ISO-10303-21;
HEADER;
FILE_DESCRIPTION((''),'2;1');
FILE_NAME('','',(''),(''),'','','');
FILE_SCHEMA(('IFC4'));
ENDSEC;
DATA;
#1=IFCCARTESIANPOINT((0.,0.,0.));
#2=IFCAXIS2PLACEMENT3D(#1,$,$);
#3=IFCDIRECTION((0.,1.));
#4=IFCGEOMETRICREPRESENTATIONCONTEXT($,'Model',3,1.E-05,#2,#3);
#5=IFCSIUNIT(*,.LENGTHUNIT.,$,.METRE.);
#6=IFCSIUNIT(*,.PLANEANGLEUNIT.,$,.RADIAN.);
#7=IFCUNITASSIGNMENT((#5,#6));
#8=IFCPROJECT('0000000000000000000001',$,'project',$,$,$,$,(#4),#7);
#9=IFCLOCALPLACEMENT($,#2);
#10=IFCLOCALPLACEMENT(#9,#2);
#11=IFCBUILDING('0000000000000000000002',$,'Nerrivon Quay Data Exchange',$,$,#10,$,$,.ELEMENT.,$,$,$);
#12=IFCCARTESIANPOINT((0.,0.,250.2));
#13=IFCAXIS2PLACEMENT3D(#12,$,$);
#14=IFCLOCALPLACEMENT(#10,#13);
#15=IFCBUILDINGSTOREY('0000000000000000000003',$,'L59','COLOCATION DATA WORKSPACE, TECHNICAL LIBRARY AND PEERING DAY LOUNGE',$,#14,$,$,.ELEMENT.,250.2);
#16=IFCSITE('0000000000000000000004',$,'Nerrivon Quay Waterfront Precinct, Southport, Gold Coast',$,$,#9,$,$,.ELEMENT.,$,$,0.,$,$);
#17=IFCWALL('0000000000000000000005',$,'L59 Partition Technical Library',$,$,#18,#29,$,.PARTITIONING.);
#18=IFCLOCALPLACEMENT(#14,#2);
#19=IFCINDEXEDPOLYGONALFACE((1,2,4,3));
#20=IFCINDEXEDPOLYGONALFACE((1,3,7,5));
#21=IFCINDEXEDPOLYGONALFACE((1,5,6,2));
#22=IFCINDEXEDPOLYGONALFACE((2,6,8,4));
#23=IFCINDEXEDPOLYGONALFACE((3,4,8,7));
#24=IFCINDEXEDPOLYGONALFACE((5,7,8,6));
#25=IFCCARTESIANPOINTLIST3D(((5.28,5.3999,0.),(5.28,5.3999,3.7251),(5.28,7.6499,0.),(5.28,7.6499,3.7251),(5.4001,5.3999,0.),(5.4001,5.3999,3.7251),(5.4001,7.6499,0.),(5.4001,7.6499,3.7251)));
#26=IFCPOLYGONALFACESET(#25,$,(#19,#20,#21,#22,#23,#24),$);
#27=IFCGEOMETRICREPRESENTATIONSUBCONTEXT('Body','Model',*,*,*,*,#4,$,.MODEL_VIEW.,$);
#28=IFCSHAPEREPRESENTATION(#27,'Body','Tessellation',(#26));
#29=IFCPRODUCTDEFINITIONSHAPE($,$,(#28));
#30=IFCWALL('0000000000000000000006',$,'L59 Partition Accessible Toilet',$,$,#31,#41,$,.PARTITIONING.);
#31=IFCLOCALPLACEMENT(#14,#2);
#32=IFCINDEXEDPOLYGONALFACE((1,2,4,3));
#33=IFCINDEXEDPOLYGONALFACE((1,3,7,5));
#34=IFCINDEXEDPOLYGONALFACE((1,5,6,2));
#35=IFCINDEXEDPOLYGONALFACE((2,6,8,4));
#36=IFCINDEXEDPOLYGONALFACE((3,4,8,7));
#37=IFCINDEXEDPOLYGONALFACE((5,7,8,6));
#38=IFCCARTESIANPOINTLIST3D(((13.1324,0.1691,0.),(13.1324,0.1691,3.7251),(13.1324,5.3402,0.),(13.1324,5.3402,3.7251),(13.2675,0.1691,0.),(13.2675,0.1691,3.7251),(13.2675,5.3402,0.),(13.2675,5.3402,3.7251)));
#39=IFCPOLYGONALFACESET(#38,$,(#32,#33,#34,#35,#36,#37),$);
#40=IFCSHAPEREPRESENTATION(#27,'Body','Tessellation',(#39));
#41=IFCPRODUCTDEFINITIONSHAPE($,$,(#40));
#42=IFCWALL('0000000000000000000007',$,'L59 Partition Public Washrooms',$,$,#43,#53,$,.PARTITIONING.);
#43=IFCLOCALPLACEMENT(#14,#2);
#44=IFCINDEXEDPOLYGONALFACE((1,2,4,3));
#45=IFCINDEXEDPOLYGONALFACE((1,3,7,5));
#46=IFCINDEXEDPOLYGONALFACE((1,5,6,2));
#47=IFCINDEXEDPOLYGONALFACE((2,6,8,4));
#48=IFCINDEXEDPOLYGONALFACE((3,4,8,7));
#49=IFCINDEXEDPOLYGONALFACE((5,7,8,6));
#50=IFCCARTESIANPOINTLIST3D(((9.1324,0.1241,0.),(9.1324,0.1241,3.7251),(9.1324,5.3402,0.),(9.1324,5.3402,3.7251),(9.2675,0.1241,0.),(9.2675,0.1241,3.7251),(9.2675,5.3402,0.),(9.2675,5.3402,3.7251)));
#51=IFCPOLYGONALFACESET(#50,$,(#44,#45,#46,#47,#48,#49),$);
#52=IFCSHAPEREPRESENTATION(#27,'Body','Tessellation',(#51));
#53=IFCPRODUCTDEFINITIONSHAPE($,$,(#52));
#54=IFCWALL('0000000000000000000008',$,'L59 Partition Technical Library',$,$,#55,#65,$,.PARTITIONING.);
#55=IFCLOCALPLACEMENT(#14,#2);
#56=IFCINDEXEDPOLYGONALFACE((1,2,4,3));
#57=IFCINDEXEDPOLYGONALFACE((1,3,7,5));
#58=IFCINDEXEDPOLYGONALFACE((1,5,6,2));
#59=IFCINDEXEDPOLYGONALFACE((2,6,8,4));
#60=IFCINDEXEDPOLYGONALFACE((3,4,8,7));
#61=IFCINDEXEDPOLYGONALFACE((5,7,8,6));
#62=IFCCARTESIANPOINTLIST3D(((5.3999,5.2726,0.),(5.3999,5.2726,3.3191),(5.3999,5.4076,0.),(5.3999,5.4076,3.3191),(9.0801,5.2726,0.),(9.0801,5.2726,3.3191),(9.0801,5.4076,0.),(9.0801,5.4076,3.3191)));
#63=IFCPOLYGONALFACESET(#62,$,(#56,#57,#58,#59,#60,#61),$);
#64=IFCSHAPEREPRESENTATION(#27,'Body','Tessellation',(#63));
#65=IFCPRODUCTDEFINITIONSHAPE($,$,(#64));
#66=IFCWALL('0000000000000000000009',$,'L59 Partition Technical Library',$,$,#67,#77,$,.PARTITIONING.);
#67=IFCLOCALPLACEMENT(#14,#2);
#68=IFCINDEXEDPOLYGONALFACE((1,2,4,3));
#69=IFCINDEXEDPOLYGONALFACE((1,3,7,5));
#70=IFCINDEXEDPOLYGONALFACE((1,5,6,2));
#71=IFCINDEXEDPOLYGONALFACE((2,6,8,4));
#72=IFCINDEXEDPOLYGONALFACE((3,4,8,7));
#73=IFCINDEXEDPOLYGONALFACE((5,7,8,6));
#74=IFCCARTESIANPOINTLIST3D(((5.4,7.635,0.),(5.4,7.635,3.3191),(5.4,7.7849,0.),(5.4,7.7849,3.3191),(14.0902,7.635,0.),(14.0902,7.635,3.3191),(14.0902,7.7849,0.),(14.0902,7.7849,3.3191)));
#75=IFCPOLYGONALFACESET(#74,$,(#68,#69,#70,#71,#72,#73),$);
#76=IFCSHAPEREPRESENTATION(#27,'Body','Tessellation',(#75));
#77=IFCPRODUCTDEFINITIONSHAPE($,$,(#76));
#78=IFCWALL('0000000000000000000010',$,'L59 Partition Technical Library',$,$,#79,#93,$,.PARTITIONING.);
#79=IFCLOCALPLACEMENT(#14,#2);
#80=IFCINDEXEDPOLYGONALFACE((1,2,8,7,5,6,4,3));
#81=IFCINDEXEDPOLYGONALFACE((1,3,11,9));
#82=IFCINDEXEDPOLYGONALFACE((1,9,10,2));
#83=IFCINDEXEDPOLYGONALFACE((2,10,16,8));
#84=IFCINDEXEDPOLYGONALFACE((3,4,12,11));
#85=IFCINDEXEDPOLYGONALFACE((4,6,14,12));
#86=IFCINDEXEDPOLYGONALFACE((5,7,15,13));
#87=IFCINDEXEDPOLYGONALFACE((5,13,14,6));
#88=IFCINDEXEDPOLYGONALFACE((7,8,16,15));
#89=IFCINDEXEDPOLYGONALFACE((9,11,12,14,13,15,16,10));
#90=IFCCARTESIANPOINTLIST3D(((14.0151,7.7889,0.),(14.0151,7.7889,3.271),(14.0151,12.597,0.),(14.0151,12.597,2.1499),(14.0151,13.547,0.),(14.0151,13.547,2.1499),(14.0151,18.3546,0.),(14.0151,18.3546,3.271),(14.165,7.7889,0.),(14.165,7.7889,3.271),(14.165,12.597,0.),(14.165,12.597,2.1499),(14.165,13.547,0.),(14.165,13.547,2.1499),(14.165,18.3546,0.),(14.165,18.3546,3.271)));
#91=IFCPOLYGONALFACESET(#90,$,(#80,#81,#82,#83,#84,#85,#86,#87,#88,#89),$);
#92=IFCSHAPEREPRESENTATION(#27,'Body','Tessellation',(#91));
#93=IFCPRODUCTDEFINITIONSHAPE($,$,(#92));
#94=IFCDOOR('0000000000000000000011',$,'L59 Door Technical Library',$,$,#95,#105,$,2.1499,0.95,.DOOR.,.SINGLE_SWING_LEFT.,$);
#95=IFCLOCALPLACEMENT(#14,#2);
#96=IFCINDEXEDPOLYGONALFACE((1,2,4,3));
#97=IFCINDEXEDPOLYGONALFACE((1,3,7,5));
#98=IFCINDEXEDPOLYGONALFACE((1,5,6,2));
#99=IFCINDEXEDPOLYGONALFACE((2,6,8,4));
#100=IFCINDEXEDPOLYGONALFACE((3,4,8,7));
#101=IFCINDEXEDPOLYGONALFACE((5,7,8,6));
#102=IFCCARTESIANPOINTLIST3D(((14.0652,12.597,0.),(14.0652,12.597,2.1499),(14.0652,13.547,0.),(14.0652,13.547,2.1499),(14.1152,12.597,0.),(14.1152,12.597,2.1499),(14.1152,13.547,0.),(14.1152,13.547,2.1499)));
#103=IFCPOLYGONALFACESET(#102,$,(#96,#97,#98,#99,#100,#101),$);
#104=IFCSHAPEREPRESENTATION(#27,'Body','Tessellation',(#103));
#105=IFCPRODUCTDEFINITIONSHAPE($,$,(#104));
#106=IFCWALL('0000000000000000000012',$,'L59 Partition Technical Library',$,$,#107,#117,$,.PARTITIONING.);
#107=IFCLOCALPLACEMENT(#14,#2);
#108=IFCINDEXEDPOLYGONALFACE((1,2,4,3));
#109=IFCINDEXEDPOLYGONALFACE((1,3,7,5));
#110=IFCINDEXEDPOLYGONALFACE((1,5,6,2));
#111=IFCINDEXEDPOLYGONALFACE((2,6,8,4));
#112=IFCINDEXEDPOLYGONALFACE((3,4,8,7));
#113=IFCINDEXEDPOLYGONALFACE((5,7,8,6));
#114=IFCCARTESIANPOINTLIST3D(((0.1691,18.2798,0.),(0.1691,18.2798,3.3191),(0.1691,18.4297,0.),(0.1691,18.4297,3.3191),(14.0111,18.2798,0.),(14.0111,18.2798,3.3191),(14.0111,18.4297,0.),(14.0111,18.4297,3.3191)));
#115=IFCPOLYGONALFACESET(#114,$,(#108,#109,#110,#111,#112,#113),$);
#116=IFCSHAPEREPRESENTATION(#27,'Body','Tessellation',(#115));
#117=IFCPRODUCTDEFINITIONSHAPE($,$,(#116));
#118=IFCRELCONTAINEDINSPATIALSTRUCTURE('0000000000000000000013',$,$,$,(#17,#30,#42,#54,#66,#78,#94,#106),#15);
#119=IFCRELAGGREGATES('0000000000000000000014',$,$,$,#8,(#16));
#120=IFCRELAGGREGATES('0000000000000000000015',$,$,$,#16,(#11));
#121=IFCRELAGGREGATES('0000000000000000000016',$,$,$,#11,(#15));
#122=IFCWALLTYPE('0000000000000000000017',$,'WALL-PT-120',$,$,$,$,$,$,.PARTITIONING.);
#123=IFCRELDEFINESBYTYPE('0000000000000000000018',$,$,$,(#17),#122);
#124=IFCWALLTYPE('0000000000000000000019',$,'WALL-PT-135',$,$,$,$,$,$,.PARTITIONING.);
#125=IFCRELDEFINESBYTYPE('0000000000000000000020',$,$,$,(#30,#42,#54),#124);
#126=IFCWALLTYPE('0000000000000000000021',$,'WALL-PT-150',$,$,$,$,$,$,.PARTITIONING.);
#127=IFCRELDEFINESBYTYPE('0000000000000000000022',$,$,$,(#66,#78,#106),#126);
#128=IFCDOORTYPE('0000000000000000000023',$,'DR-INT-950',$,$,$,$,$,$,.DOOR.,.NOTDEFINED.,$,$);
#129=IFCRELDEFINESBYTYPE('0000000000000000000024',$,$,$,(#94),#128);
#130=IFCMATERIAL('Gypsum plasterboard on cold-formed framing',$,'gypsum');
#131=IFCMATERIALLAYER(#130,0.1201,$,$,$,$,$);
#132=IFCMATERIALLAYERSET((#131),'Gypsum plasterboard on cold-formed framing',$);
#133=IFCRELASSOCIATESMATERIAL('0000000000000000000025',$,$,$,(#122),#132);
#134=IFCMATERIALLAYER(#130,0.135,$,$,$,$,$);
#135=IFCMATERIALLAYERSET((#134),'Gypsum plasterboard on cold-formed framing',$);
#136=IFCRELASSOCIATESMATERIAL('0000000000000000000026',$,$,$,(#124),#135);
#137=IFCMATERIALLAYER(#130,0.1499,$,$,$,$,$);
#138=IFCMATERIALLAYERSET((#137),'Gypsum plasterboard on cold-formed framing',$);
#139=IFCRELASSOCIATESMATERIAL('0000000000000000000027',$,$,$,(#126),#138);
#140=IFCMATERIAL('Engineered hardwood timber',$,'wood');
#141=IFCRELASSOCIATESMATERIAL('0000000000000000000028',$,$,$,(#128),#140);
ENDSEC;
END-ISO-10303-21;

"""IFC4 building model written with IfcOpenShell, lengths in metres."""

from ifc_helpers import new_model, si_unit, direction, frame, frame_2d, origin, place, context, subcontext, project, spatial, rectangle, extrude, material, layer, layer_set, type_object, element, fill, save


model = new_model("IFC4")

# Units and contexts
model_context = context("Model", 3, precision=1e-05, world=origin(), true_north=direction((0.0, 1.0)))
body_context = subcontext(model_context, "Body", "Model", "MODEL_VIEW")
ifc_project = project(units=[si_unit("LENGTHUNIT", "METRE"), si_unit("PLANEANGLEUNIT", "RADIAN")], contexts=[model_context])

# Site, building, storey
site_placement = place(None, origin())
site = spatial("IfcSite", under=ifc_project, at=site_placement, Name="Nerrivon Quay Waterfront Precinct, Southport, Gold Coast", CompositionType="ELEMENT", RefElevation=0.0)
building_placement = place(site_placement, origin())
building = spatial("IfcBuilding", under=site, at=building_placement, Name="Nerrivon Quay Data Exchange", CompositionType="ELEMENT")
storey_placement = place(building_placement, frame((0.0, 0.0, 250.2)))
storey = spatial("IfcBuildingStorey", under=building, at=storey_placement, Name="L59", Description="COLOCATION DATA WORKSPACE, TECHNICAL LIBRARY AND PEERING DAY LOUNGE", CompositionType="ELEMENT", Elevation=250.2)

# Shared definitions
ifc_material_1 = material(Name="Gypsum plasterboard on cold-formed framing", Category="gypsum")

# Shared definitions
ifc_layer_1 = layer(ifc_material_1, 0.1201)
ifc_layer_set_1 = layer_set([ifc_layer_1], Name="Gypsum plasterboard on cold-formed framing")
wall_type_1 = type_object("IfcWallType", Name="WALL-PT-120", PredefinedType="PARTITIONING", material=ifc_layer_set_1)
ifc_material_2 = material(Name="Engineered hardwood timber", Category="wood")

# Walls
wall_1_placement = place(storey_placement, frame((5.3401, 5.3999, 0.0), z_axis=(0.0, 0.0, 1.0), x_axis=(0.0, 1.0, 0.0)))
element("IfcWall", 1, at=wall_1_placement, inside=storey, type_object=wall_type_1, Name="L59 Partition Technical Library", PredefinedType="PARTITIONING", context=body_context, shape_type="SweptSolid", body=[
    extrude(rectangle(XDim=2.25, YDim=0.1201, at=frame_2d((1.125, 0.0))), origin(), (0.0, 0.0, 1.0), 3.7251),
])
ifc_layer_2 = layer(ifc_material_1, 0.135)
ifc_layer_set_2 = layer_set([ifc_layer_2], Name="Gypsum plasterboard on cold-formed framing")
wall_type_2 = type_object("IfcWallType", Name="WALL-PT-135", PredefinedType="PARTITIONING", material=ifc_layer_set_2)
wall_2_placement = place(storey_placement, frame((13.2, 5.3401, 0.0), z_axis=(0.0, 0.0, 1.0), x_axis=(0.0, -1.0, 0.0)))
element("IfcWall", 2, at=wall_2_placement, inside=storey, type_object=wall_type_2, Name="L59 Partition Accessible Toilet", PredefinedType="PARTITIONING", context=body_context, shape_type="SweptSolid", body=[
    extrude(rectangle(XDim=5.1711, YDim=0.135, at=frame_2d((2.5854, 0.0))), origin(), (0.0, 0.0, 1.0), 3.7251),
])
wall_3_placement = place(storey_placement, frame((9.2, 5.3401, 0.0), z_axis=(0.0, 0.0, 1.0), x_axis=(0.0, -1.0, 0.0)))
element("IfcWall", 3, at=wall_3_placement, inside=storey, type_object=wall_type_2, Name="L59 Partition Public Washrooms", PredefinedType="PARTITIONING", context=body_context, shape_type="SweptSolid", body=[
    extrude(rectangle(XDim=5.2161, YDim=0.135, at=frame_2d((2.6079, 0.0))), origin(), (0.0, 0.0, 1.0), 3.7251),
])
wall_4_placement = place(storey_placement, frame((9.0801, 5.3401, 0.0), z_axis=(0.0, 0.0, 1.0), x_axis=(-1.0, 0.0, 0.0)))
element("IfcWall", 4, at=wall_4_placement, inside=storey, type_object=wall_type_2, Name="L59 Partition Technical Library", PredefinedType="PARTITIONING", context=body_context, shape_type="SweptSolid", body=[
    extrude(rectangle(XDim=3.6802, YDim=0.135, at=frame_2d((1.8401, 0.0))), origin(), (0.0, 0.0, 1.0), 3.3191),
])
ifc_layer_3 = layer(ifc_material_1, 0.1499)
ifc_layer_set_3 = layer_set([ifc_layer_3], Name="Gypsum plasterboard on cold-formed framing")
wall_type_3 = type_object("IfcWallType", Name="WALL-PT-150", PredefinedType="PARTITIONING", material=ifc_layer_set_3)
wall_5_placement = place(storey_placement, frame((5.3999, 7.71, 0.0), z_axis=(0.0, 0.0, 1.0), x_axis=(1.0, 0.0, 0.0)))
element("IfcWall", 5, at=wall_5_placement, inside=storey, type_object=wall_type_3, Name="L59 Partition Technical Library", PredefinedType="PARTITIONING", context=body_context, shape_type="SweptSolid", body=[
    extrude(rectangle(XDim=8.6902, YDim=0.1499, at=frame_2d((4.3452, 0.0))), origin(), (0.0, 0.0, 1.0), 3.3191),
])

# Wall, opening, door
wall_6_placement = place(storey_placement, frame((14.0901, 7.7891, 0.0), z_axis=(0.0, 0.0, 1.0), x_axis=(0.0, 1.0, 0.0)))
wall_6 = element("IfcWall", 6, at=wall_6_placement, inside=storey, type_object=wall_type_3, Name="L59 Partition Technical Library", PredefinedType="PARTITIONING", context=body_context, shape_type="SweptSolid", body=[
    extrude(rectangle(XDim=10.5657, YDim=0.1499, at=frame_2d((5.2827, 0.0))), origin(), (0.0, 0.0, 1.0), 3.271),
])
opening_1_placement = place(wall_6_placement, frame((4.8079, 0.0, 0.0)))
opening_1 = element("IfcOpeningElement", 7, at=opening_1_placement, cuts=wall_6, PredefinedType="OPENING", context=body_context, shape_type="SweptSolid", body=[
    extrude(rectangle(XDim=0.95, YDim=2.1499, at=frame_2d((0.4751, 1.075))), frame((0.0, 0.085, 0.0), z_axis=(0.0, -1.0, 0.0), x_axis=(1.0, 0.0, 0.0)), (0.0, 0.0, 1.0), 0.1699),
])
door_type_1 = type_object("IfcDoorType", Name="DR-INT-950", OperationType="NOTDEFINED", PredefinedType="DOOR", material=ifc_material_2)
door_1_placement = place(opening_1_placement, origin())
door_1 = element("IfcDoor", 8, at=door_1_placement, inside=storey, type_object=door_type_1, Name="L59 Door Technical Library", OperationType="SINGLE_SWING_LEFT", OverallHeight=2.1499, OverallWidth=0.95, PredefinedType="DOOR", context=body_context, shape_type="SweptSolid", body=[
    extrude(rectangle(XDim=0.95, YDim=2.1499, at=frame_2d((0.4751, 1.075))), frame((0.0, 0.0249, 0.0), z_axis=(0.0, -1.0, 0.0), x_axis=(1.0, 0.0, 0.0)), (0.0, 0.0, 1.0), 0.05),
])
fill(opening_1, door_1)

# Wall
wall_7_placement = place(storey_placement, frame((14.011, 18.3547, 0.0), z_axis=(0.0, 0.0, 1.0), x_axis=(-1.0, 0.0, 0.0)))
element("IfcWall", 9, at=wall_7_placement, inside=storey, type_object=wall_type_3, Name="L59 Partition Technical Library", PredefinedType="PARTITIONING", context=body_context, shape_type="SweptSolid", body=[
    extrude(rectangle(XDim=13.842, YDim=0.1499, at=frame_2d((6.9209, 0.0))), origin(), (0.0, 0.0, 1.0), 3.3191),
])

save(model, "model.ifc")
